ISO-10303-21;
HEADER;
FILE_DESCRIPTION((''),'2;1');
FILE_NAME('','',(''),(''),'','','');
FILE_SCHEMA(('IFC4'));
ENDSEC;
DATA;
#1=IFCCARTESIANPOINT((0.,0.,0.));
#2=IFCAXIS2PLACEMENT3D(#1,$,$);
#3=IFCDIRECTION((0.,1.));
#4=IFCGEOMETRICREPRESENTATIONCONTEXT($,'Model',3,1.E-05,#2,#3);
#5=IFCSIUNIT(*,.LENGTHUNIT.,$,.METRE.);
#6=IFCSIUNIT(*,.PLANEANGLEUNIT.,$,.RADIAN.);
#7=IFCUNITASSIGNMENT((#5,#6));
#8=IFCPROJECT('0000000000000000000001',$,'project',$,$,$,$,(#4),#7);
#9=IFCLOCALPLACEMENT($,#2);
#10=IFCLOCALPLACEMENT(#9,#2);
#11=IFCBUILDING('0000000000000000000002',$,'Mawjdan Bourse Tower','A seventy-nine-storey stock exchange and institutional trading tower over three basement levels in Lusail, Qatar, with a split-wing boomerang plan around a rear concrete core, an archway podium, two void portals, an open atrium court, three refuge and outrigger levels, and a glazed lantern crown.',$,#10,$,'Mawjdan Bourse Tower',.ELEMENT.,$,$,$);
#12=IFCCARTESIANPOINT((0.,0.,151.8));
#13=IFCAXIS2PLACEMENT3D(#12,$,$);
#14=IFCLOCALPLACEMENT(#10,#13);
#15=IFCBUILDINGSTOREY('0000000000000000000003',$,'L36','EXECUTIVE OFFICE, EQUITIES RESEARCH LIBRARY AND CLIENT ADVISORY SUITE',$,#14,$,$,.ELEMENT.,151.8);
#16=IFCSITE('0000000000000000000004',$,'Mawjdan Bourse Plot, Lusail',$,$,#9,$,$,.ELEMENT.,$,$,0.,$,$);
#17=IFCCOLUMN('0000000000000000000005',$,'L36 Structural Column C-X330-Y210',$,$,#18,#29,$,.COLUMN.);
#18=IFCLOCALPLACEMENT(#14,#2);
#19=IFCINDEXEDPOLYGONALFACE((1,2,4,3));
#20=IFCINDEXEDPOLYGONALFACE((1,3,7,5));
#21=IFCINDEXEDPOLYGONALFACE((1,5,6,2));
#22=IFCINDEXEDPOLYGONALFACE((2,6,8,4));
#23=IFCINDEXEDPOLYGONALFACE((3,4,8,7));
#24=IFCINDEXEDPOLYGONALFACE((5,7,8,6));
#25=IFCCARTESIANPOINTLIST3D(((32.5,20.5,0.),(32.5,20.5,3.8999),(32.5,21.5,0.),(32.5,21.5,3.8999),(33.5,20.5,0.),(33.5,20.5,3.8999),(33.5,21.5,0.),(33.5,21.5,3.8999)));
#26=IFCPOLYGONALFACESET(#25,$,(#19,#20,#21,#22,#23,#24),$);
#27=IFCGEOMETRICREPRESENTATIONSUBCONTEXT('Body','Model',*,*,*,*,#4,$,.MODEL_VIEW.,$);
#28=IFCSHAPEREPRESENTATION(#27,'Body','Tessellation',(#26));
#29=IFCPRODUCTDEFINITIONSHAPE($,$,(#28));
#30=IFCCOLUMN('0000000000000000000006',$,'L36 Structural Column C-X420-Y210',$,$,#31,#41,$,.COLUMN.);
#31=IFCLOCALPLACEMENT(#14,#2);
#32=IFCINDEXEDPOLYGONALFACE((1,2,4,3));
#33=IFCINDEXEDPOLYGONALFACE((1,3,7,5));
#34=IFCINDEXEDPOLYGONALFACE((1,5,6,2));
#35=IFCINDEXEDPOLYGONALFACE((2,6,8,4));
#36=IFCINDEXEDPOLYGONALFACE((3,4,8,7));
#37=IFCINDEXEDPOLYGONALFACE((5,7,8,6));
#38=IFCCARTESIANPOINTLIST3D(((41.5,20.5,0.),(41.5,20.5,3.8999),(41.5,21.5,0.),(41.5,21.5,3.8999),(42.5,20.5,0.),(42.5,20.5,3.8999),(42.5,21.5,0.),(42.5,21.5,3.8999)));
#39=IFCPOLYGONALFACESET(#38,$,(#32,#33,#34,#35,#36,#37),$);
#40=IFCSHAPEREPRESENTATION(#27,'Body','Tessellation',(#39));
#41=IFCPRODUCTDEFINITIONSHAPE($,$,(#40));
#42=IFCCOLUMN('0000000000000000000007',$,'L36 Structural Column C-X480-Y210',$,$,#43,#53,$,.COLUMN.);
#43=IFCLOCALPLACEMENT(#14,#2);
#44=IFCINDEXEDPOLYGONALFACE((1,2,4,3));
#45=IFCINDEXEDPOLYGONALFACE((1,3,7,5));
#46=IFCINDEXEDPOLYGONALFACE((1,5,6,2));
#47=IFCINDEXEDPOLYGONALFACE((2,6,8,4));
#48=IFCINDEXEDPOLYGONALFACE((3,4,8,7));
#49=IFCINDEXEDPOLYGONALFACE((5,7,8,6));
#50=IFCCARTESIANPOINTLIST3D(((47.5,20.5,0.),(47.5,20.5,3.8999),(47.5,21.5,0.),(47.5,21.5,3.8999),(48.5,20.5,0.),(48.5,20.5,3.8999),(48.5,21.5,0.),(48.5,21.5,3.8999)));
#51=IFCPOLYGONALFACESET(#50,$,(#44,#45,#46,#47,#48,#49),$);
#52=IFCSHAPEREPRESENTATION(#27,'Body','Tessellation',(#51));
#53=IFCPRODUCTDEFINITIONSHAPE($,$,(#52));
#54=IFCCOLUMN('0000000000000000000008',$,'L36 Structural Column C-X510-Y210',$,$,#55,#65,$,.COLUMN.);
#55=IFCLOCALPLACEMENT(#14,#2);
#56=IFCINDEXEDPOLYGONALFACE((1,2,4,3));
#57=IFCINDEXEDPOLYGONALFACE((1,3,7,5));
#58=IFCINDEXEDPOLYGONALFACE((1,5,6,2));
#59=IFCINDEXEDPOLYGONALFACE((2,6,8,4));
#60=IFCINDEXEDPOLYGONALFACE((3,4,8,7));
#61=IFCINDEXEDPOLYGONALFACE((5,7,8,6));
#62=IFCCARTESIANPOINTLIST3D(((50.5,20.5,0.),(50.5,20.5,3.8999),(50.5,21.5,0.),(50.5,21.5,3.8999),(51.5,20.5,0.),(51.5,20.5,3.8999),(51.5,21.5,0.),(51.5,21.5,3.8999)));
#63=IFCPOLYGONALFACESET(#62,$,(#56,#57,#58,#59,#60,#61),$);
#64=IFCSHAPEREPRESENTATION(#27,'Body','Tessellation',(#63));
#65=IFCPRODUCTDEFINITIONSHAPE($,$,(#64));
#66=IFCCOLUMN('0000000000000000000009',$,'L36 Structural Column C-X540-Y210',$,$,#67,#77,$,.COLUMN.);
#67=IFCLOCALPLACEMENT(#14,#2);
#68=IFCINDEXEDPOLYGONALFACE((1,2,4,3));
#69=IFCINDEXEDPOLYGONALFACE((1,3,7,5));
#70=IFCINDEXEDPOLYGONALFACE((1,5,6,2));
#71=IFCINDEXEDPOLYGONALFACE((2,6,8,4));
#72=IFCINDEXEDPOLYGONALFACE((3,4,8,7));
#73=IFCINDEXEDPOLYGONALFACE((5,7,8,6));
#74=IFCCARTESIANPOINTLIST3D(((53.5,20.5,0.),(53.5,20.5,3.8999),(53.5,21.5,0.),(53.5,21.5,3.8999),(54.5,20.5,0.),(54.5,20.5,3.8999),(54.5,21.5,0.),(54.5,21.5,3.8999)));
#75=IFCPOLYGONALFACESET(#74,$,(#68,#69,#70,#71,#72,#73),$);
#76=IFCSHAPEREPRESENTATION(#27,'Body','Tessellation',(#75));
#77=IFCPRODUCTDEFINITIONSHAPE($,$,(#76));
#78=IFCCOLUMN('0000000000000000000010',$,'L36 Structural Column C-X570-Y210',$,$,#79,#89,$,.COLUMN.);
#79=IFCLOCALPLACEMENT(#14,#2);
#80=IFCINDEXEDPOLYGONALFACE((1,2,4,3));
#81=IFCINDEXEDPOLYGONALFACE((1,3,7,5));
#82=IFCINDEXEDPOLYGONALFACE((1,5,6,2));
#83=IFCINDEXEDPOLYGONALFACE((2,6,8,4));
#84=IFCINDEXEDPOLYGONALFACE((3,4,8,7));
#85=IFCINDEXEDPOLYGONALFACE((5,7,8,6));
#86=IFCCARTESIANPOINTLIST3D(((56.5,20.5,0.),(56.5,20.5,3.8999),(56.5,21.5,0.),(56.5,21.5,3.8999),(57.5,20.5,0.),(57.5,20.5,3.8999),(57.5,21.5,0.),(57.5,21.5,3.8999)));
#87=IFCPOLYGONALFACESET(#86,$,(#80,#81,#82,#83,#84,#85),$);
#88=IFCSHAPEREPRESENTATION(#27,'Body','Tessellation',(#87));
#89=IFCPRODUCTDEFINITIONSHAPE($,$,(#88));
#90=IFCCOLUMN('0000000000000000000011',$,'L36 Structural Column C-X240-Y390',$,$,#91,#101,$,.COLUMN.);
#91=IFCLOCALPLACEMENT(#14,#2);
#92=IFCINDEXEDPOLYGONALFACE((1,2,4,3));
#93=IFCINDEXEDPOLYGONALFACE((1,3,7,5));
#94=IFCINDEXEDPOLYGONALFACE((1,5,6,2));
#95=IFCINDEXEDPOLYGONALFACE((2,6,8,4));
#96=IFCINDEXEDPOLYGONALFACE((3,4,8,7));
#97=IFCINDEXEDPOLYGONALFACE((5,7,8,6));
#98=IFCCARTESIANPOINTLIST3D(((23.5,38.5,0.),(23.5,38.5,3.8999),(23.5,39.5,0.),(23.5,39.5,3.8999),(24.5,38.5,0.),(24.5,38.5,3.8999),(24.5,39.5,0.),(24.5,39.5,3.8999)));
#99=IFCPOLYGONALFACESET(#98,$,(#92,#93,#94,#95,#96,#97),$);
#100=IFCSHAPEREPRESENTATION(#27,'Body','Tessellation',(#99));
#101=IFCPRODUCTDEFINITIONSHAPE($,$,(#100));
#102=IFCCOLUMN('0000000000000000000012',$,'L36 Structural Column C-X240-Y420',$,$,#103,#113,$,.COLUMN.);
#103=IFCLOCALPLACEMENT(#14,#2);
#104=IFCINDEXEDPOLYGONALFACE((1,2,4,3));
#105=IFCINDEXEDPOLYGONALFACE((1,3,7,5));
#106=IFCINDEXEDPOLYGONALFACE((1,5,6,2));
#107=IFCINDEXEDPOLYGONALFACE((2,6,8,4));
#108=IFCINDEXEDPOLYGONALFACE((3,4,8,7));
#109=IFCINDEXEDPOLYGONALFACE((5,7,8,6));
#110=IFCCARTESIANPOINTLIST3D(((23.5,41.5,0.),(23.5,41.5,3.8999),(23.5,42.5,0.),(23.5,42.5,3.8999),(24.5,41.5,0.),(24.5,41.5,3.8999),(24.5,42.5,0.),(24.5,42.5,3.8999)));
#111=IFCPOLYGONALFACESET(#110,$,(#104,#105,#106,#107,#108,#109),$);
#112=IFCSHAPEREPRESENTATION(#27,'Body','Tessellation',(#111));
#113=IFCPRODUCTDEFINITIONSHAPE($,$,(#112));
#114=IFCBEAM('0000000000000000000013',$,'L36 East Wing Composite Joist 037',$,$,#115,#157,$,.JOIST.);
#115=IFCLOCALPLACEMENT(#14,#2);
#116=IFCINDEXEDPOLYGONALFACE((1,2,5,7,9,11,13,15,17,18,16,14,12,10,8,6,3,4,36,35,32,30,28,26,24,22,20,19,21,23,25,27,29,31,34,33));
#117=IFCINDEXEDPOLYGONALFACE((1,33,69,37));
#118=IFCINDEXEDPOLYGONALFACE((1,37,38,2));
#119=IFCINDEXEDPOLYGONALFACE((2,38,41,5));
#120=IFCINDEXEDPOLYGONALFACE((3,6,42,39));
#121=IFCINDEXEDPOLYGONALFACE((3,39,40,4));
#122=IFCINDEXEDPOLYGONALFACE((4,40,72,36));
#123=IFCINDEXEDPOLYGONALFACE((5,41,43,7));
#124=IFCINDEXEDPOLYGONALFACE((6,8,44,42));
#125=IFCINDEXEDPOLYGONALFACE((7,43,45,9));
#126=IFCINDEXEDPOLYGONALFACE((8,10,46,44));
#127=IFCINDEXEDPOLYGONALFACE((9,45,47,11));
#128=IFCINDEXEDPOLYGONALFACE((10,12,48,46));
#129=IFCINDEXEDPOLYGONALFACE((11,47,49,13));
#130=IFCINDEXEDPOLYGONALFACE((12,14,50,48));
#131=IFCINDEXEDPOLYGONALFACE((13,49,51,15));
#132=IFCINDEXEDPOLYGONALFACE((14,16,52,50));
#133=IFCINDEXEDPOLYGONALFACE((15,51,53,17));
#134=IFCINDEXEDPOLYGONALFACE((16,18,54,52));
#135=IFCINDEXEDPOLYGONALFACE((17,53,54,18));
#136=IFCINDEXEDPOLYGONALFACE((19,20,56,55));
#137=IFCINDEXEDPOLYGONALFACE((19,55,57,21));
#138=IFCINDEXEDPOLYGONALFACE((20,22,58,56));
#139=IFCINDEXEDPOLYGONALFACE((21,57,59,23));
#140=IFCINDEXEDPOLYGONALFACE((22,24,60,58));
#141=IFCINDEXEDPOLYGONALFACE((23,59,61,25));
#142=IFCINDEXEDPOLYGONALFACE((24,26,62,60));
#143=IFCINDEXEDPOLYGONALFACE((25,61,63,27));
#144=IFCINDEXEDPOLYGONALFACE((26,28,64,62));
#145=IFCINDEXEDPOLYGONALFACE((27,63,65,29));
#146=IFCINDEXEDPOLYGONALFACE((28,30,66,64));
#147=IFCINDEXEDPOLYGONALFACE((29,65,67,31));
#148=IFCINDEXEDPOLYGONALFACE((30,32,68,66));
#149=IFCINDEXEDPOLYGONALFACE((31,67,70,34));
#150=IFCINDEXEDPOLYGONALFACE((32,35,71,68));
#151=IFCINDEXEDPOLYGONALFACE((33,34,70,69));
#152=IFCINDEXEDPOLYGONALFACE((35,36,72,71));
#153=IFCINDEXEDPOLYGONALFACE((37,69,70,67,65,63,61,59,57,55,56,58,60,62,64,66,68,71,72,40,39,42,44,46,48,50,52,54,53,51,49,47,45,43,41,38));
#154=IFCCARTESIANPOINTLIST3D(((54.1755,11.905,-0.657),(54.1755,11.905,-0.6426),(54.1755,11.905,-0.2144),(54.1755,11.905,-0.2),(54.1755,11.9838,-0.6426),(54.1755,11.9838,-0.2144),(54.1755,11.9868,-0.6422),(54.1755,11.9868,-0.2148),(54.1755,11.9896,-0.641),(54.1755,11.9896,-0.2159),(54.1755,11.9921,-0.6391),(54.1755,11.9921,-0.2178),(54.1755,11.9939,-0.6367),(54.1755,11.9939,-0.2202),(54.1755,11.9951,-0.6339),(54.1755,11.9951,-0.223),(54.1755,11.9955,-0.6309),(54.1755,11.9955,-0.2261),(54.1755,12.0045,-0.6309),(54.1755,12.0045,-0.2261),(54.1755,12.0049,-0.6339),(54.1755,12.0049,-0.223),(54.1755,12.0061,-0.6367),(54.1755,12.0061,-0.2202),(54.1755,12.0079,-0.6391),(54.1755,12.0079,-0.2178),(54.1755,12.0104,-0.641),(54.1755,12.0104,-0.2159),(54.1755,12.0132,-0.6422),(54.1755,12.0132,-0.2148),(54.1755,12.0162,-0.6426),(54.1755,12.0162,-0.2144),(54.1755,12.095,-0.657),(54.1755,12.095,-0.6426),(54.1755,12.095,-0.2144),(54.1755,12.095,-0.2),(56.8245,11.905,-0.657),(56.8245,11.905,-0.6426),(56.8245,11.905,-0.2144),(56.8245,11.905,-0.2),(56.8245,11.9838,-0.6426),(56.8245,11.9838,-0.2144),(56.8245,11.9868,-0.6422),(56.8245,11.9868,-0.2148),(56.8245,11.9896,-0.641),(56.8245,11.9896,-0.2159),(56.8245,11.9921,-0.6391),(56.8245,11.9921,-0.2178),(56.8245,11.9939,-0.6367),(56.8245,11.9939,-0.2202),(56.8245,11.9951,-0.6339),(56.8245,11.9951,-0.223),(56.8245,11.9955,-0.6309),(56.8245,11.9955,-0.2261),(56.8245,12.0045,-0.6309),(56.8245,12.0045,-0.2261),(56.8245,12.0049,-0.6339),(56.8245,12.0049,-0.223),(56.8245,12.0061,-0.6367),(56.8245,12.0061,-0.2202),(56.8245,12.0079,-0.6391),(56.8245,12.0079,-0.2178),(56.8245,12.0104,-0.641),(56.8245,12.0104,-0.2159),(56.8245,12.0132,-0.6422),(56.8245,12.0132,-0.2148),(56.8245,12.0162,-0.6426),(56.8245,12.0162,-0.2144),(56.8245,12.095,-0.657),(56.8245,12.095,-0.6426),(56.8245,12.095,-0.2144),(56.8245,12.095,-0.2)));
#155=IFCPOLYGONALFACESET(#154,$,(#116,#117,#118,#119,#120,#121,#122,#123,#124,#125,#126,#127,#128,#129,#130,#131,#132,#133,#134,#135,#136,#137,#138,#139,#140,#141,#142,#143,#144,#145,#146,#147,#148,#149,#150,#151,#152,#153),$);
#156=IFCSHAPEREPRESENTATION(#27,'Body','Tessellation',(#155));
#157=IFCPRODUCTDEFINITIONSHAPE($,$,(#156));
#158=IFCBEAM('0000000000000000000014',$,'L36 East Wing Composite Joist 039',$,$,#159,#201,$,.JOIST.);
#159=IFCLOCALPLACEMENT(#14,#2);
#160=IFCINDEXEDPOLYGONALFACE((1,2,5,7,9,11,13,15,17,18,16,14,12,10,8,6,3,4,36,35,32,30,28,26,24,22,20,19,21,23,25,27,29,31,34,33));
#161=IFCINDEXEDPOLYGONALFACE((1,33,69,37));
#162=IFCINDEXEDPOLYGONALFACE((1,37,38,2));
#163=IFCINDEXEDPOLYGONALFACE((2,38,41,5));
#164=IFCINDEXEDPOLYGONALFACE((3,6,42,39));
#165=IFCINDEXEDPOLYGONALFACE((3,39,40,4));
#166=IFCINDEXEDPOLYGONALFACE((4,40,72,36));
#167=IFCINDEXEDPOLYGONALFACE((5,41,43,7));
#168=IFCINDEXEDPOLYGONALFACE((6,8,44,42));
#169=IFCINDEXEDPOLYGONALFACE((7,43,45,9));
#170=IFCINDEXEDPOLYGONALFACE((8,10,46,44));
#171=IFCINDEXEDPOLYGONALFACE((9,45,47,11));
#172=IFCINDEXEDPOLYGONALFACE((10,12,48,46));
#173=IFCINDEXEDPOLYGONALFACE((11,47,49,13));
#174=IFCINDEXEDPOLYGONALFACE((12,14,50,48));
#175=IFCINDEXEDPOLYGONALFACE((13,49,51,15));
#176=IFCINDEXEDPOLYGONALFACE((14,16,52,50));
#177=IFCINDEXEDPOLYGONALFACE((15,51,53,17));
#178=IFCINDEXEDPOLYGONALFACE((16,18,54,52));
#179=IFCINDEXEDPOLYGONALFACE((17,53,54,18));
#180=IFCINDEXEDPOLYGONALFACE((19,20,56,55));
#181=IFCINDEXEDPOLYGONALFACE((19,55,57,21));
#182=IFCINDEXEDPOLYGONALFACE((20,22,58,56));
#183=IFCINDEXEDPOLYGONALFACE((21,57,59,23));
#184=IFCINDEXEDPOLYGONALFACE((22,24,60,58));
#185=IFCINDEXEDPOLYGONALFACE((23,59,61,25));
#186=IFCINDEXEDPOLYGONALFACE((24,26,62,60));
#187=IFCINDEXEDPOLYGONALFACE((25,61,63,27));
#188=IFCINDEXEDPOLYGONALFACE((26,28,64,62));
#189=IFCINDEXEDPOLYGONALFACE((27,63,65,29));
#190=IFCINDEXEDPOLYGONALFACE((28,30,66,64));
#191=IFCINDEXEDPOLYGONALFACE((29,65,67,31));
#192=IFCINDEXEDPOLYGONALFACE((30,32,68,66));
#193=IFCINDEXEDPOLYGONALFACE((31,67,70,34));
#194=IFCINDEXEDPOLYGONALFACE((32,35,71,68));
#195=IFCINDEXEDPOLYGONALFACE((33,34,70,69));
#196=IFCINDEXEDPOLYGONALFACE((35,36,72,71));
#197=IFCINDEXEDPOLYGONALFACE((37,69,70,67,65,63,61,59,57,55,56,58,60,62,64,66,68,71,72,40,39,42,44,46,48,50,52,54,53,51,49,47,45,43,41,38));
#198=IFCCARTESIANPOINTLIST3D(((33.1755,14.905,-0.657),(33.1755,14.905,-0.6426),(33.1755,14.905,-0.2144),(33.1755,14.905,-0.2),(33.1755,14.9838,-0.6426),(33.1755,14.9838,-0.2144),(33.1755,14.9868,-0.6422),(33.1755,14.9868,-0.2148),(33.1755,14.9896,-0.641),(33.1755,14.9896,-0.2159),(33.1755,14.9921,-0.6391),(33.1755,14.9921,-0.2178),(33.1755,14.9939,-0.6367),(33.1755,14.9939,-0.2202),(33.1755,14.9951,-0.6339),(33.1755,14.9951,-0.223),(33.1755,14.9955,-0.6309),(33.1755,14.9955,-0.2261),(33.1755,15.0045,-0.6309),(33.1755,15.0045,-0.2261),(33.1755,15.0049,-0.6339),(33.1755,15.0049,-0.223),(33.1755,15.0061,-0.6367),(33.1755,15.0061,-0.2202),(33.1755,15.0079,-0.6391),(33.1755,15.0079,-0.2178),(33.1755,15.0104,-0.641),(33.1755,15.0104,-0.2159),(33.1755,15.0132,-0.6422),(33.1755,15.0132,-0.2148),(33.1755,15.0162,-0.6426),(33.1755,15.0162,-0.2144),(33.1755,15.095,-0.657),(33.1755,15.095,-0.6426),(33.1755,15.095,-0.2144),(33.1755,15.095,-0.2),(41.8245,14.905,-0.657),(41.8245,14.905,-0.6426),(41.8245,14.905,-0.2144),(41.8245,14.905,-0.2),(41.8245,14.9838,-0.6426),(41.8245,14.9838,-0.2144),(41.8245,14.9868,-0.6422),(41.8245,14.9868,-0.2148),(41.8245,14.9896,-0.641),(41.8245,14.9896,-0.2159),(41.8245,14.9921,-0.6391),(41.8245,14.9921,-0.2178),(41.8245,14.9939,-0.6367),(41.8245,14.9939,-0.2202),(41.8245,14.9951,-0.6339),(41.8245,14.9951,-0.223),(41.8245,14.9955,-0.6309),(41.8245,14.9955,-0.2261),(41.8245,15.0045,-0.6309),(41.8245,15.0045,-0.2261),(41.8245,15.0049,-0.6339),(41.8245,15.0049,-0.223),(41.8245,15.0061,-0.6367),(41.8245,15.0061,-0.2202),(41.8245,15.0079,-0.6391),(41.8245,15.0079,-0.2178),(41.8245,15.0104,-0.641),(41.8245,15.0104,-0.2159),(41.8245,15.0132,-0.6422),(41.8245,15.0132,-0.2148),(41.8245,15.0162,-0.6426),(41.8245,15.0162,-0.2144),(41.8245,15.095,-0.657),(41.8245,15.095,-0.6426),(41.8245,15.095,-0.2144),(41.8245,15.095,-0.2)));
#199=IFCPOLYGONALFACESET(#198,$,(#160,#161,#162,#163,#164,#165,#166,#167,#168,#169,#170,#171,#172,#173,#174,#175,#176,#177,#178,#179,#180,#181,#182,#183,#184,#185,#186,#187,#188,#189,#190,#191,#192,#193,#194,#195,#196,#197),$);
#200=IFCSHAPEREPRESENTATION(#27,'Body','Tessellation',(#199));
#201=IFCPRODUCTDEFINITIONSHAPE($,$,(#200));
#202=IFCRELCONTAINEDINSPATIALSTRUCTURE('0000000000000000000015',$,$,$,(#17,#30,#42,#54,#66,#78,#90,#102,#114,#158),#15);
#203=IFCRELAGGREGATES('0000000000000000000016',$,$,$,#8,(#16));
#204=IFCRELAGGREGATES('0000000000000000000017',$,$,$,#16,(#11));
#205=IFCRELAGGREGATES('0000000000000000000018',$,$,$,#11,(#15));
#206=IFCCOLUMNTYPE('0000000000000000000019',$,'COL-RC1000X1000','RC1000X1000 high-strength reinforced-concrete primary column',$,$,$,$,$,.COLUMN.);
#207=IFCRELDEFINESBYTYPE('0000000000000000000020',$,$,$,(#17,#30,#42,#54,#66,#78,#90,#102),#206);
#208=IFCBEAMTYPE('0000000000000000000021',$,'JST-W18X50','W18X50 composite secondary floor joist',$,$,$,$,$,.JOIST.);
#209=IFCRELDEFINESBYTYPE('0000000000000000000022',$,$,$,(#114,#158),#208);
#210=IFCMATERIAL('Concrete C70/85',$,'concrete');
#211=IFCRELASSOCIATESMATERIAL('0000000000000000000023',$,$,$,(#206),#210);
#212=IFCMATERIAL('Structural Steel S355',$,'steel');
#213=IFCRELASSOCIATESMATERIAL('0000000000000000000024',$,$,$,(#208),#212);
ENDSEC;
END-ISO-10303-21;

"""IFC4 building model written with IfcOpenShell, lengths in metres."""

from ifc_helpers import new_model, si_unit, direction, frame, origin, origin_2d, place, context, subcontext, project, spatial, rectangle, i_section, extrude, material, material_profile, profile_set, type_object, element, save


model = new_model("IFC4")

# Units and contexts
model_context = context("Model", 3, precision=1e-05, world=origin(), true_north=direction((0.0, 1.0)))
body_context = subcontext(model_context, "Body", "Model", "MODEL_VIEW")
ifc_project = project(units=[si_unit("LENGTHUNIT", "METRE"), si_unit("PLANEANGLEUNIT", "RADIAN")], contexts=[model_context])

# Site, building, storey
site_placement = place(None, origin())
site = spatial("IfcSite", under=ifc_project, at=site_placement, Name="Mawjdan Bourse Plot, Lusail", CompositionType="ELEMENT", RefElevation=0.0)
building_placement = place(site_placement, origin())
building = spatial("IfcBuilding", under=site, at=building_placement, Name="Mawjdan Bourse Tower", Description="A seventy-nine-storey stock exchange and institutional trading tower over three basement levels in Lusail, Qatar, with a split-wing boomerang plan around a rear concrete core, an archway podium, two void portals, an open atrium court, three refuge and outrigger levels, and a glazed lantern crown.", LongName="Mawjdan Bourse Tower", CompositionType="ELEMENT")
storey_placement = place(building_placement, frame((0.0, 0.0, 151.8)))
storey = spatial("IfcBuildingStorey", under=building, at=storey_placement, Name="L36", Description="EXECUTIVE OFFICE, EQUITIES RESEARCH LIBRARY AND CLIENT ADVISORY SUITE", CompositionType="ELEMENT", Elevation=151.8)

# Columns
ifc_material_1 = material(Name="Concrete C70/85", Category="concrete")
ifc_material_profile_1 = material_profile(ifc_material_1, rectangle(XDim=1.0, YDim=1.0, at=origin_2d()), Name="RC1000X1000")
ifc_profile_set_1 = profile_set([ifc_material_profile_1], Name="Concrete C70/85")
column_type = type_object("IfcColumnType", Name="COL-RC1000X1000", Description="RC1000X1000 high-strength reinforced-concrete primary column", PredefinedType="COLUMN", material=ifc_profile_set_1)
for number, where, z_axis, x_axis, name in (
    (1, (33.0, 21.0, 0.0), (0.0, 0.0, 1.0), (1.0, 0.0, 0.0), "L36 Structural Column C-X330-Y210"),
    (2, (42.0, 21.0, 0.0), (0.0, 0.0, 1.0), (1.0, 0.0, 0.0), "L36 Structural Column C-X420-Y210"),
    (3, (48.0, 21.0, 0.0), (0.0, 0.0, 1.0), (1.0, 0.0, 0.0), "L36 Structural Column C-X480-Y210"),
    (4, (51.0, 21.0, 0.0), (0.0, 0.0, 1.0), (1.0, 0.0, 0.0), "L36 Structural Column C-X510-Y210"),
    (5, (54.0, 21.0, 0.0), (0.0, 0.0, 1.0), (1.0, 0.0, 0.0), "L36 Structural Column C-X540-Y210"),
    (6, (57.0, 21.0, 0.0), (0.0, 0.0, 1.0), (1.0, 0.0, 0.0), "L36 Structural Column C-X570-Y210"),
    (7, (24.0, 39.0, 0.0), (0.0, 0.0, 1.0), (1.0, 0.0, 0.0), "L36 Structural Column C-X240-Y390"),
    (8, (24.0, 42.0, 0.0), (0.0, 0.0, 1.0), (1.0, 0.0, 0.0), "L36 Structural Column C-X240-Y420"),
):
    element("IfcColumn", number, at=place(storey_placement, frame(where, z_axis=z_axis, x_axis=x_axis)), inside=storey, type_object=column_type, Name=name, PredefinedType="COLUMN", context=body_context, shape_type="SweptSolid", body=[
        extrude(rectangle(XDim=1.0, YDim=1.0, at=origin_2d()), origin(), (0.0, 0.0, 1.0), 3.8999),
    ])

# Beams
ifc_material_2 = material(Name="Structural Steel S355", Category="steel")
ifc_material_profile_2 = material_profile(ifc_material_2, i_section(OverallWidth=0.1899, OverallDepth=0.457, WebThickness=0.009, FlangeThickness=0.0144, FilletRadius=0.0117, at=origin_2d()), Name="W18X50")
ifc_profile_set_2 = profile_set([ifc_material_profile_2], Name="Structural Steel S355")
beam_type_1 = type_object("IfcBeamType", Name="JST-W18X50", Description="W18X50 composite secondary floor joist", PredefinedType="JOIST", material=ifc_profile_set_2)
beam_1_placement = place(storey_placement, frame((54.1755, 12.0, -0.4285), z_axis=(1.0, 0.0, 0.0), x_axis=(0.0, 1.0, 0.0)))
element("IfcBeam", 9, at=beam_1_placement, inside=storey, type_object=beam_type_1, Name="L36 East Wing Composite Joist 037", PredefinedType="JOIST", context=body_context, shape_type="SweptSolid", body=[
    extrude(i_section(OverallWidth=0.1899, OverallDepth=0.457, WebThickness=0.009, FlangeThickness=0.0144, FilletRadius=0.0117, at=origin_2d()), origin(), (0.0, 0.0, 1.0), 2.6489),
])
beam_2_placement = place(storey_placement, frame((33.1755, 15.0, -0.4285), z_axis=(1.0, 0.0, 0.0), x_axis=(0.0, 1.0, 0.0)))
element("IfcBeam", 10, at=beam_2_placement, inside=storey, type_object=beam_type_1, Name="L36 East Wing Composite Joist 039", PredefinedType="JOIST", context=body_context, shape_type="SweptSolid", body=[
    extrude(i_section(OverallWidth=0.1899, OverallDepth=0.457, WebThickness=0.009, FlangeThickness=0.0144, FilletRadius=0.0117, at=origin_2d()), origin(), (0.0, 0.0, 1.0), 8.6489),
])

save(model, "model.ifc")
